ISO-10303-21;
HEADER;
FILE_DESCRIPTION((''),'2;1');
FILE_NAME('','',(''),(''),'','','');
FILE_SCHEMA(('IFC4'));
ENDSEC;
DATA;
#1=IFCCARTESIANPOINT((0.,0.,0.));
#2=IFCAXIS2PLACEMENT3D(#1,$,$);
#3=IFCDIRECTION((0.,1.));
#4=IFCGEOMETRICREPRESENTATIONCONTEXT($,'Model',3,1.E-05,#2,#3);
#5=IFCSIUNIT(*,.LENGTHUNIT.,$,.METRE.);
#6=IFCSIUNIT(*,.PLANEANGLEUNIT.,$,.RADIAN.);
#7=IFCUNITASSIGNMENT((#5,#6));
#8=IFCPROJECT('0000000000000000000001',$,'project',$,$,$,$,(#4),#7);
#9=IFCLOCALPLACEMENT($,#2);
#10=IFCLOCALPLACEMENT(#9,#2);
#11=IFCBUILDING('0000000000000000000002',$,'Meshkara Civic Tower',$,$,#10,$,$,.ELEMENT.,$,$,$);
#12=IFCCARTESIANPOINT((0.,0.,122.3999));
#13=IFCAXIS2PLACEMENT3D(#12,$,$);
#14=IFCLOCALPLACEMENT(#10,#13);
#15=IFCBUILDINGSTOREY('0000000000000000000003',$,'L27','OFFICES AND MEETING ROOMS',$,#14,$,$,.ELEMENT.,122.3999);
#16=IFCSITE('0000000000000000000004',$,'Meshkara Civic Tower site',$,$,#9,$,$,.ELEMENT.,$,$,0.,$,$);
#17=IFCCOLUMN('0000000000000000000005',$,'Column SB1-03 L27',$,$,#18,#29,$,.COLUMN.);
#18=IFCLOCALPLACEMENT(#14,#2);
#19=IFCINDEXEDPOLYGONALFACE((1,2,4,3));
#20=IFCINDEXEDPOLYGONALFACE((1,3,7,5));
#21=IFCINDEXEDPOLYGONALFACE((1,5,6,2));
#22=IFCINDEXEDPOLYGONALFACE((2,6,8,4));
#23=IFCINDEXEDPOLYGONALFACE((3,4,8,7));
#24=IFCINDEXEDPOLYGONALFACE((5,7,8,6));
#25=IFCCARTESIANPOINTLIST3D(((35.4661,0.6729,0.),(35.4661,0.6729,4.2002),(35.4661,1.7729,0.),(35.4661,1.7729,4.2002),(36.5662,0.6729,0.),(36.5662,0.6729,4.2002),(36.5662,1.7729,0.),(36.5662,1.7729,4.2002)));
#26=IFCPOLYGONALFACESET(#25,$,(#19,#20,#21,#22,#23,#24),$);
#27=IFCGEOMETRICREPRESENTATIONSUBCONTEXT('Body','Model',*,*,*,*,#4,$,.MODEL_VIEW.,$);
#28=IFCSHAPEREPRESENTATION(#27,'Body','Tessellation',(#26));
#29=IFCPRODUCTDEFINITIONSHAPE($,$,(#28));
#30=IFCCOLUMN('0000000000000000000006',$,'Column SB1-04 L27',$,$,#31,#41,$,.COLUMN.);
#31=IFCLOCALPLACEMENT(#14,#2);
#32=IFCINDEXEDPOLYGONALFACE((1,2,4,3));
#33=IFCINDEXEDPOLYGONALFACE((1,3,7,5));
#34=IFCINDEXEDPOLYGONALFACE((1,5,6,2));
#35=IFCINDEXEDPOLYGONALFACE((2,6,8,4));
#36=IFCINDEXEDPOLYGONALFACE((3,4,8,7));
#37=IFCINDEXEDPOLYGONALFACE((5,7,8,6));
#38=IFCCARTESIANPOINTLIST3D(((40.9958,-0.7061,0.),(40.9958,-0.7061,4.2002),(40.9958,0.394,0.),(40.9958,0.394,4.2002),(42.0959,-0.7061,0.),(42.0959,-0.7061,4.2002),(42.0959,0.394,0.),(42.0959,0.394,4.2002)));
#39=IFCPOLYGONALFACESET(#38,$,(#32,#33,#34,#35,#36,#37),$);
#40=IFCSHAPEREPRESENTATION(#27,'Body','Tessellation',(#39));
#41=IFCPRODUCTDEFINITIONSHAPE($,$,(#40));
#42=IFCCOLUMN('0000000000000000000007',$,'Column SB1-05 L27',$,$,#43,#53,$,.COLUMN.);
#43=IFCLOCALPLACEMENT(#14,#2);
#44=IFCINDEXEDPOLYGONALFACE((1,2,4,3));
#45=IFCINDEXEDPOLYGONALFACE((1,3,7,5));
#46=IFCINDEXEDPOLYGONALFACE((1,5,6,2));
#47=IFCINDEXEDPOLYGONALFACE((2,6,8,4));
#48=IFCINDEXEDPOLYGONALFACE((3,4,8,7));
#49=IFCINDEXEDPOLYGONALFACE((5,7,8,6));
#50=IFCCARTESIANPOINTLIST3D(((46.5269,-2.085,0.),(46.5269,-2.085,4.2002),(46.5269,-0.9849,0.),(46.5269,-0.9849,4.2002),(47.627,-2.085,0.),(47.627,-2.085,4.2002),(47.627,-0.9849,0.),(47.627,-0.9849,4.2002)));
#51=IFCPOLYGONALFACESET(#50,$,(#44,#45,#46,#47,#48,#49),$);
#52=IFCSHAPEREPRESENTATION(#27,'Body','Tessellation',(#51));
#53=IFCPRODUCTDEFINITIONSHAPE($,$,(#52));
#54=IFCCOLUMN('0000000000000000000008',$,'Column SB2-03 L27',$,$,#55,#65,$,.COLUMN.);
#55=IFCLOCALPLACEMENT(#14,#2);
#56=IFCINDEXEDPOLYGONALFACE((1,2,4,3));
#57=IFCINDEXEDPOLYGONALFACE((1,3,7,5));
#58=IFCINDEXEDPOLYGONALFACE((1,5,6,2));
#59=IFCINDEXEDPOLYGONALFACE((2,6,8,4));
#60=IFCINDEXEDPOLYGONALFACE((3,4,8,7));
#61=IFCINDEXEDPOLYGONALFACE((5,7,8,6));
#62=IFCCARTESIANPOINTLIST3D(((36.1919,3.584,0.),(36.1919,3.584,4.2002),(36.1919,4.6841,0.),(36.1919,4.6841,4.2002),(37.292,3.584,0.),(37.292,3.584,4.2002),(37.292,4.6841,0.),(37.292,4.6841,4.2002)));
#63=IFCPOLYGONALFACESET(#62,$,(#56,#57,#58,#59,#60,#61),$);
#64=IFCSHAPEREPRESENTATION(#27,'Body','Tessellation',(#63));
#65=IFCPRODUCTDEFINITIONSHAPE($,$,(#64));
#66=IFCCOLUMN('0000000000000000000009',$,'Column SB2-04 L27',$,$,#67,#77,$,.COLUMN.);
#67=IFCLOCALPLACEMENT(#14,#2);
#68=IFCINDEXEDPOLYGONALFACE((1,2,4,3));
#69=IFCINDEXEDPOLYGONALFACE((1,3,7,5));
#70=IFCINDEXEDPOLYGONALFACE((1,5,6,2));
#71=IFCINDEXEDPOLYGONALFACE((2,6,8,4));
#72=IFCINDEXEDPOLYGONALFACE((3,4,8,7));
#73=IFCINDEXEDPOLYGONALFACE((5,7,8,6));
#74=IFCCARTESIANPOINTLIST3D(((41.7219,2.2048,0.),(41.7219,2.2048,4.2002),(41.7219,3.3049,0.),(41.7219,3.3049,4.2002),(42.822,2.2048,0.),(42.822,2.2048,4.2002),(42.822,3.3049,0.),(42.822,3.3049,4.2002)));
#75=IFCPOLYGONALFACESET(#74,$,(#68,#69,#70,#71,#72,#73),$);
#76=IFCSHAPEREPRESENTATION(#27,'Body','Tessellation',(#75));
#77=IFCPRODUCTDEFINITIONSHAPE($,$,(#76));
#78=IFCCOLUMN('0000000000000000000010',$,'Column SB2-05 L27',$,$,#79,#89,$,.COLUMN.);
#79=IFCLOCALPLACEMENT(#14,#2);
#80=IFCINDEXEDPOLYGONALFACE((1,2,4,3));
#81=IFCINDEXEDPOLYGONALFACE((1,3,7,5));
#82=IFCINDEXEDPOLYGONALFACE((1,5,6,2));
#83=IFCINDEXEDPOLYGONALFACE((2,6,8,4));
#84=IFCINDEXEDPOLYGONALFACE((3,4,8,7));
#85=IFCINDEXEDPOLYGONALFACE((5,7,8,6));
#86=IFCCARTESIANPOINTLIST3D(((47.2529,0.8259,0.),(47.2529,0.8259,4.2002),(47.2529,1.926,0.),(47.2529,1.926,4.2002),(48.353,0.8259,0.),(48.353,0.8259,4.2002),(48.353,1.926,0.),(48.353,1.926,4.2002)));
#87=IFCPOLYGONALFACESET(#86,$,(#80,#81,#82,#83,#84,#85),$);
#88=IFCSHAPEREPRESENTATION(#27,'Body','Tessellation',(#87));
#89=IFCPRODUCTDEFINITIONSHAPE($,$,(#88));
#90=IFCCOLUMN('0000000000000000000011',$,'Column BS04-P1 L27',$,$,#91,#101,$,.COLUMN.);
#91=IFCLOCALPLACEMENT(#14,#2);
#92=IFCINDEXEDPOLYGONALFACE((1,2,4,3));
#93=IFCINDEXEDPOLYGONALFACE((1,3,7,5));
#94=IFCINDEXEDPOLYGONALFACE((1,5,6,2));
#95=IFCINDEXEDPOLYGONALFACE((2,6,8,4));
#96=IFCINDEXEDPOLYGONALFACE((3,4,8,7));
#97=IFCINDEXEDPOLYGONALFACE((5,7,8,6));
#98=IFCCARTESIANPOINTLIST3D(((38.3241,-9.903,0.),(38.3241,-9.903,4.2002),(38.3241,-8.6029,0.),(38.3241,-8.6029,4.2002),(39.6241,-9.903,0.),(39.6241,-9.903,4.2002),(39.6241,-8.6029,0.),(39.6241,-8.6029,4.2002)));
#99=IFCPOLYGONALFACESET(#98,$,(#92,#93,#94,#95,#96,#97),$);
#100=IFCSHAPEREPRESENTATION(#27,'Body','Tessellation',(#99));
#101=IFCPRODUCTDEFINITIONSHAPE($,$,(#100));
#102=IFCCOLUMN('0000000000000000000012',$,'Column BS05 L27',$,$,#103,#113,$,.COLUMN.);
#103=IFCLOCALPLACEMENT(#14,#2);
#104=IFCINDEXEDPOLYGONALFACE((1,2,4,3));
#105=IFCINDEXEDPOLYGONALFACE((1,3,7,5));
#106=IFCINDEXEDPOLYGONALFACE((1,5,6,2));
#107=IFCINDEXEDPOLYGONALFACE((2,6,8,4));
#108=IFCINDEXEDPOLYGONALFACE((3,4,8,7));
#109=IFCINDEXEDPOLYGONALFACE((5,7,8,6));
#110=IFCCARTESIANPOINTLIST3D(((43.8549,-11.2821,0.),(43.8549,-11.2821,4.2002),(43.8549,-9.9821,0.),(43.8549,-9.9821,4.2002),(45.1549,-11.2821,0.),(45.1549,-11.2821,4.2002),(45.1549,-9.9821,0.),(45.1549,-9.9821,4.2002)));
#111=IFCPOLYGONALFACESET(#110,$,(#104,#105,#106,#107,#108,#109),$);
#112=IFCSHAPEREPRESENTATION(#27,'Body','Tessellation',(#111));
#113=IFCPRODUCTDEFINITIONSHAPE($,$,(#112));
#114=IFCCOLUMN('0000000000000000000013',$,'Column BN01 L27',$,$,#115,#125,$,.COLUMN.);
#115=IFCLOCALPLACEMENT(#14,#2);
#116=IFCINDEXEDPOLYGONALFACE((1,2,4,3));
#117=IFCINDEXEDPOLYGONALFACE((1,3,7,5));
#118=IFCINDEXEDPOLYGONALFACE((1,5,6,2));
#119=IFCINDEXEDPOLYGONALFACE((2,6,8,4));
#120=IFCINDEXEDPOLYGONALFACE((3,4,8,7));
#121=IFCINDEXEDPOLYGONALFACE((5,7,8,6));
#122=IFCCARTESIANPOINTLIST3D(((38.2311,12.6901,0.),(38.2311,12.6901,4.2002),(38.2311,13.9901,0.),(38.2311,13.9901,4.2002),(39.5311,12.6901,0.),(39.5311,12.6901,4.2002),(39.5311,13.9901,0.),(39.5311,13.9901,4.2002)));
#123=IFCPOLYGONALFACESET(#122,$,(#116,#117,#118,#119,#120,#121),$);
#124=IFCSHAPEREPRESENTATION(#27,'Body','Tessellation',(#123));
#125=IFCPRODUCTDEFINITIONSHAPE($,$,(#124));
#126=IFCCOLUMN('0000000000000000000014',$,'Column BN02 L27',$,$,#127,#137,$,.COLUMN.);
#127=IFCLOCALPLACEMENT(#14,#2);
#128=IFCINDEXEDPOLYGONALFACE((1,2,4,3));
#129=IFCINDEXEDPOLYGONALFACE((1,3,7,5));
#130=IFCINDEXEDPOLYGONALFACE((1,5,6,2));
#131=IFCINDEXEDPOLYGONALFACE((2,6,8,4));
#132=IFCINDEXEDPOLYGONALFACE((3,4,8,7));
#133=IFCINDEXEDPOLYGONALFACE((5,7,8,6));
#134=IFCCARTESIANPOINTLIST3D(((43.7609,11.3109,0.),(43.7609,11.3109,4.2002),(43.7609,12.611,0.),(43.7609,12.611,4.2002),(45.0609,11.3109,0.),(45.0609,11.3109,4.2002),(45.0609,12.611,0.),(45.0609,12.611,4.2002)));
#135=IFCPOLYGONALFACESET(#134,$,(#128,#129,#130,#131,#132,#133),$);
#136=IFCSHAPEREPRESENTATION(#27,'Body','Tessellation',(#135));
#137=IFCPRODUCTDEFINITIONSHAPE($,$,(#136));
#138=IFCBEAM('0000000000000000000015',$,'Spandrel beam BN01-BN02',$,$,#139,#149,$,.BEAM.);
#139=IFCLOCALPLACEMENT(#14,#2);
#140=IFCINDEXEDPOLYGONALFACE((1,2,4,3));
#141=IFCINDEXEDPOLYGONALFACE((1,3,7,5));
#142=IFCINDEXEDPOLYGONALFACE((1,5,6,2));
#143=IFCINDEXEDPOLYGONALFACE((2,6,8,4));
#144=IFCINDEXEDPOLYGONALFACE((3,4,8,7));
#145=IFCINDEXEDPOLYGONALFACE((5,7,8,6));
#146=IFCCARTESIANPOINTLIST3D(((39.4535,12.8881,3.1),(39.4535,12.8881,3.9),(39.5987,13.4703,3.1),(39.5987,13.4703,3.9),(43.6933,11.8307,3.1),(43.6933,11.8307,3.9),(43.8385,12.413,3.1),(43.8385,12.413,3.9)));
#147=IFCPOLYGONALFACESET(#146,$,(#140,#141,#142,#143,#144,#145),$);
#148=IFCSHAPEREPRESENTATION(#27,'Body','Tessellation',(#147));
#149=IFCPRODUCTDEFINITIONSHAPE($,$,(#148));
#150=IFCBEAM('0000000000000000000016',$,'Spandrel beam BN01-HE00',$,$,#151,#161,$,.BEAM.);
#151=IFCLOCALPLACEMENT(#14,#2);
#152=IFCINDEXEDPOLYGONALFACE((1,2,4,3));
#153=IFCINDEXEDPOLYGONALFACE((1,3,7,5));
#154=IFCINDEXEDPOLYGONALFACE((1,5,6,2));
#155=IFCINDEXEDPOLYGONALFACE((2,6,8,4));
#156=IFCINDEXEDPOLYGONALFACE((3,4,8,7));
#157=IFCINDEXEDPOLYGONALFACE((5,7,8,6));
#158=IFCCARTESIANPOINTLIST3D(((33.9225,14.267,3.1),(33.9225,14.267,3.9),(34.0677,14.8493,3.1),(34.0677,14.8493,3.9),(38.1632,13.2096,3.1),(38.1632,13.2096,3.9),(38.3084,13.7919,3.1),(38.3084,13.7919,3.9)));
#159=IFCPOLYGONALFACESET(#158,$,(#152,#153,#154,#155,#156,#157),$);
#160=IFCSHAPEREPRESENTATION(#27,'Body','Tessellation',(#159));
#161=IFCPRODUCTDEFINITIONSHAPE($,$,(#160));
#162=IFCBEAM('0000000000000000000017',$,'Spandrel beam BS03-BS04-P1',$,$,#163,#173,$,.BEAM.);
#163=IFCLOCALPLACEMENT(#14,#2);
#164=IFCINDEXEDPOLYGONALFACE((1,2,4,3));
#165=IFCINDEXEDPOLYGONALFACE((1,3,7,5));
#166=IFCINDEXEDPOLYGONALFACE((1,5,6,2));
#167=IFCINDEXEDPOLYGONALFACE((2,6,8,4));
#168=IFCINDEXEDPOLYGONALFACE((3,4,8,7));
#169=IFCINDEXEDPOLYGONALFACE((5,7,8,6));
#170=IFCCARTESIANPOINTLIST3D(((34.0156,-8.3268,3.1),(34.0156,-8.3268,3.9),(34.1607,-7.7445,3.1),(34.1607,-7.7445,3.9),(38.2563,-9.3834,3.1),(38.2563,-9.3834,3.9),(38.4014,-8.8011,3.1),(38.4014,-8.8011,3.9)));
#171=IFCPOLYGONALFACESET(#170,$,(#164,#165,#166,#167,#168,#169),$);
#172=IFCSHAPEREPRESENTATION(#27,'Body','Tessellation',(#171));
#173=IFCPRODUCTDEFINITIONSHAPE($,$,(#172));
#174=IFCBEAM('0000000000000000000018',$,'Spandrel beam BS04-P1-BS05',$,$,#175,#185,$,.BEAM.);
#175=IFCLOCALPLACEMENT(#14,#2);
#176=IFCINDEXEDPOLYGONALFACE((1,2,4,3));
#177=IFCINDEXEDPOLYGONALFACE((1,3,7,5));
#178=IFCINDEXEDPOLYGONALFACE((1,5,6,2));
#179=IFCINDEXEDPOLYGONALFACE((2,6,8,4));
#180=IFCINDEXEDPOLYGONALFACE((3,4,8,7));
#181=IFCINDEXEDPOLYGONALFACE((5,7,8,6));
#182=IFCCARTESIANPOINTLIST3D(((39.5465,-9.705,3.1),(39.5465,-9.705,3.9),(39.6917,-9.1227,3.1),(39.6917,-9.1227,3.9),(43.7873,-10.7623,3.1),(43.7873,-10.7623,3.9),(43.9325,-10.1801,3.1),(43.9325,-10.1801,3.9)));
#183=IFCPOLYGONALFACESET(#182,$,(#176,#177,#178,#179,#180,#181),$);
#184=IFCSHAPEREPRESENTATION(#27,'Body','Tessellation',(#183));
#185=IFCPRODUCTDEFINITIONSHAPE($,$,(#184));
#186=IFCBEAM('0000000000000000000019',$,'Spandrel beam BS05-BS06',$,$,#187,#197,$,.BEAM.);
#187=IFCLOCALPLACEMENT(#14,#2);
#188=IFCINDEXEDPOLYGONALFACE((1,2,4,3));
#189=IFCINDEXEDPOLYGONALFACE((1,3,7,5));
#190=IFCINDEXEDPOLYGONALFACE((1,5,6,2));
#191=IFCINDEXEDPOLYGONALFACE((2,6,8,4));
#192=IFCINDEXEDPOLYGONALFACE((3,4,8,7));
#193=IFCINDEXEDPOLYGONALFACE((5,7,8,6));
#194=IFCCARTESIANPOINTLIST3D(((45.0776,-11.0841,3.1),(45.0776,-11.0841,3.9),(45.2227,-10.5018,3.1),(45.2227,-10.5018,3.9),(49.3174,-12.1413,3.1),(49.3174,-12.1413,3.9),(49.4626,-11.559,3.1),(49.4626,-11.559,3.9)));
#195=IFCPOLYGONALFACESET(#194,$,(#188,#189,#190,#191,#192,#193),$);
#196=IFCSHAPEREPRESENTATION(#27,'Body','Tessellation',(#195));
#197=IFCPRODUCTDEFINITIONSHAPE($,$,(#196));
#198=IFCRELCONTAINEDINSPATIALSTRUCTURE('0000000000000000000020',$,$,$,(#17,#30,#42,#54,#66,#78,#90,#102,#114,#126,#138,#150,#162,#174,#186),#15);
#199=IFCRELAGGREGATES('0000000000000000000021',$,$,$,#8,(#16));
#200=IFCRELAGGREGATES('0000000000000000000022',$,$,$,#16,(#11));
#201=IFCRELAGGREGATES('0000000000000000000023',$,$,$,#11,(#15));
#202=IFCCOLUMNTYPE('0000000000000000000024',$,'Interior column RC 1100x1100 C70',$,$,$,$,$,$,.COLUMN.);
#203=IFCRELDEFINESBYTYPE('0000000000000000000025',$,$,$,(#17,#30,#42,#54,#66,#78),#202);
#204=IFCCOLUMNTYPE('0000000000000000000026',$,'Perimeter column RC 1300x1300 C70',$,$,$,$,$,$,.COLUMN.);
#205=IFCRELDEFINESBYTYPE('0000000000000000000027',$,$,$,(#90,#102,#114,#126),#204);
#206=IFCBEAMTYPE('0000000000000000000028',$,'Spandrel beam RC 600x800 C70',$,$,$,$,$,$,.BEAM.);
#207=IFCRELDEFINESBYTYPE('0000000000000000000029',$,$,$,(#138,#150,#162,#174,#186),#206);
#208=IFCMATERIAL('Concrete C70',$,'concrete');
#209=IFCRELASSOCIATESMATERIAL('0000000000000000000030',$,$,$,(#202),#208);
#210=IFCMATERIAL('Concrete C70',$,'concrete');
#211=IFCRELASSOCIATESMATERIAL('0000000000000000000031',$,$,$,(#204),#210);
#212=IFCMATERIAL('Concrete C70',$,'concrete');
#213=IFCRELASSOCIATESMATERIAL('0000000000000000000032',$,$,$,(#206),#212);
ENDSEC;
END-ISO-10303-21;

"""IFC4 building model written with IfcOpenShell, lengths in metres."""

from ifc_helpers import new_model, si_unit, direction, frame, origin, origin_2d, place, context, subcontext, project, spatial, rectangle, extrude, material, material_profile, profile_set, type_object, element, save


model = new_model("IFC4")

# Units and contexts
model_context = context("Model", 3, precision=1e-05, world=origin(), true_north=direction((0.0, 1.0)))
body_context = subcontext(model_context, "Body", "Model", "MODEL_VIEW")
ifc_project = project(units=[si_unit("LENGTHUNIT", "METRE"), si_unit("PLANEANGLEUNIT", "RADIAN")], contexts=[model_context])

# Site, building, storey
site_placement = place(None, origin())
site = spatial("IfcSite", under=ifc_project, at=site_placement, Name="Meshkara Civic Tower site", CompositionType="ELEMENT", RefElevation=0.0)
building_placement = place(site_placement, origin())
building = spatial("IfcBuilding", under=site, at=building_placement, Name="Meshkara Civic Tower", CompositionType="ELEMENT")
storey_placement = place(building_placement, frame((0.0, 0.0, 122.3999)))
storey = spatial("IfcBuildingStorey", under=building, at=storey_placement, Name="L27", Description="OFFICES AND MEETING ROOMS", CompositionType="ELEMENT", Elevation=122.3999)

# Columns
ifc_material_1 = material(Name="Concrete C70", Category="concrete")
ifc_material_profile_1 = material_profile(ifc_material_1, rectangle(XDim=1.1001, YDim=1.1001, at=origin_2d()))
ifc_profile_set_1 = profile_set([ifc_material_profile_1], Name="Concrete C70")
column_type_1 = type_object("IfcColumnType", Name="Interior column RC 1100x1100 C70", PredefinedType="COLUMN", material=ifc_profile_set_1)
for number, where, z_axis, x_axis, name in (
    (1, (36.0161, 1.2229, 0.0), (0.0, 0.0, 1.0), (1.0, 0.0, 0.0), "Column SB1-03 L27"),
    (2, (41.5459, -0.156, 0.0), (0.0, 0.0, 1.0), (1.0, 0.0, 0.0), "Column SB1-04 L27"),
    (3, (47.0769, -1.5349, 0.0), (0.0, 0.0, 1.0), (1.0, 0.0, 0.0), "Column SB1-05 L27"),
    (4, (36.7419, 4.134, 0.0), (0.0, 0.0, 1.0), (1.0, 0.0, 0.0), "Column SB2-03 L27"),
    (5, (42.272, 2.7549, 0.0), (0.0, 0.0, 1.0), (1.0, 0.0, 0.0), "Column SB2-04 L27"),
    (6, (47.803, 1.376, 0.0), (0.0, 0.0, 1.0), (1.0, 0.0, 0.0), "Column SB2-05 L27"),
):
    element("IfcColumn", number, at=place(storey_placement, frame(where, z_axis=z_axis, x_axis=x_axis)), inside=storey, type_object=column_type_1, Name=name, PredefinedType="COLUMN", context=body_context, shape_type="SweptSolid", body=[
        extrude(rectangle(XDim=1.1001, YDim=1.1001, at=origin_2d()), origin(), (0.0, 0.0, 1.0), 4.2002),
    ])
ifc_material_2 = material(Name="Concrete C70", Category="concrete")
ifc_material_profile_2 = material_profile(ifc_material_2, rectangle(XDim=1.3, YDim=1.3, at=origin_2d()))
ifc_profile_set_2 = profile_set([ifc_material_profile_2], Name="Concrete C70")
column_type_2 = type_object("IfcColumnType", Name="Perimeter column RC 1300x1300 C70", PredefinedType="COLUMN", material=ifc_profile_set_2)
for number, where, z_axis, x_axis, name in (
    (7, (38.9741, -9.2529, 0.0), (0.0, 0.0, 1.0), (1.0, 0.0, 0.0), "Column BS04-P1 L27"),
    (8, (44.5049, -10.6321, 0.0), (0.0, 0.0, 1.0), (1.0, 0.0, 0.0), "Column BS05 L27"),
    (9, (38.8811, 13.3401, 0.0), (0.0, 0.0, 1.0), (1.0, 0.0, 0.0), "Column BN01 L27"),
    (10, (44.4109, 11.9609, 0.0), (0.0, 0.0, 1.0), (1.0, 0.0, 0.0), "Column BN02 L27"),
):
    element("IfcColumn", number, at=place(storey_placement, frame(where, z_axis=z_axis, x_axis=x_axis)), inside=storey, type_object=column_type_2, Name=name, PredefinedType="COLUMN", context=body_context, shape_type="SweptSolid", body=[
        extrude(rectangle(XDim=1.3, YDim=1.3, at=origin_2d()), origin(), (0.0, 0.0, 1.0), 4.2002),
    ])

# Beams
ifc_material_3 = material(Name="Concrete C70", Category="concrete")
ifc_material_profile_3 = material_profile(ifc_material_3, rectangle(XDim=0.6001, YDim=0.8, at=origin_2d()))
ifc_profile_set_3 = profile_set([ifc_material_profile_3], Name="Concrete C70")
beam_type = type_object("IfcBeamType", Name="Spandrel beam RC 600x800 C70", PredefinedType="BEAM", material=ifc_profile_set_3)
beam_1_placement = place(storey_placement, frame((43.7659, 12.1218, 3.5), z_axis=(-0.97028, 0.241983, 0.0), x_axis=(-0.241983, -0.97028, 0.0)))
element("IfcBeam", 11, at=beam_1_placement, inside=storey, type_object=beam_type, Name="Spandrel beam BN01-BN02", PredefinedType="BEAM", context=body_context, shape_type="SweptSolid", body=[
    extrude(rectangle(XDim=0.6001, YDim=0.8, at=origin_2d()), origin(), (0.0, 0.0, 1.0), 4.3696),
])
beam_2_placement = place(storey_placement, frame((38.2358, 13.5007, 3.5), z_axis=(-0.970293, 0.241931, 0.0), x_axis=(-0.241931, -0.970293, 0.0)))
element("IfcBeam", 12, at=beam_2_placement, inside=storey, type_object=beam_type, Name="Spandrel beam BN01-HE00", PredefinedType="BEAM", context=body_context, shape_type="SweptSolid", body=[
    extrude(rectangle(XDim=0.6001, YDim=0.8, at=origin_2d()), origin(), (0.0, 0.0, 1.0), 4.3706),
])
beam_3_placement = place(storey_placement, frame((34.0881, -8.0356, 3.5), z_axis=(0.970333, -0.241773, 0.0), x_axis=(0.241773, 0.970333, 0.0)))
element("IfcBeam", 13, at=beam_3_placement, inside=storey, type_object=beam_type, Name="Spandrel beam BS03-BS04-P1", PredefinedType="BEAM", context=body_context, shape_type="SweptSolid", body=[
    extrude(rectangle(XDim=0.6001, YDim=0.8, at=origin_2d()), origin(), (0.0, 0.0, 1.0), 4.3704),
])
beam_4_placement = place(storey_placement, frame((39.6191, -9.4138, 3.5), z_axis=(0.970293, -0.241931, 0.0), x_axis=(0.241931, 0.970293, 0.0)))
element("IfcBeam", 14, at=beam_4_placement, inside=storey, type_object=beam_type, Name="Spandrel beam BS04-P1-BS05", PredefinedType="BEAM", context=body_context, shape_type="SweptSolid", body=[
    extrude(rectangle(XDim=0.6001, YDim=0.8, at=origin_2d()), origin(), (0.0, 0.0, 1.0), 4.3706),
])
beam_5_placement = place(storey_placement, frame((45.1501, -10.793, 3.5), z_axis=(0.970293, -0.241931, 0.0), x_axis=(0.241931, 0.970293, 0.0)))
element("IfcBeam", 15, at=beam_5_placement, inside=storey, type_object=beam_type, Name="Spandrel beam BS05-BS06", PredefinedType="BEAM", context=body_context, shape_type="SweptSolid", body=[
    extrude(rectangle(XDim=0.6001, YDim=0.8, at=origin_2d()), origin(), (0.0, 0.0, 1.0), 4.3696),
])

save(model, "model.ifc")
